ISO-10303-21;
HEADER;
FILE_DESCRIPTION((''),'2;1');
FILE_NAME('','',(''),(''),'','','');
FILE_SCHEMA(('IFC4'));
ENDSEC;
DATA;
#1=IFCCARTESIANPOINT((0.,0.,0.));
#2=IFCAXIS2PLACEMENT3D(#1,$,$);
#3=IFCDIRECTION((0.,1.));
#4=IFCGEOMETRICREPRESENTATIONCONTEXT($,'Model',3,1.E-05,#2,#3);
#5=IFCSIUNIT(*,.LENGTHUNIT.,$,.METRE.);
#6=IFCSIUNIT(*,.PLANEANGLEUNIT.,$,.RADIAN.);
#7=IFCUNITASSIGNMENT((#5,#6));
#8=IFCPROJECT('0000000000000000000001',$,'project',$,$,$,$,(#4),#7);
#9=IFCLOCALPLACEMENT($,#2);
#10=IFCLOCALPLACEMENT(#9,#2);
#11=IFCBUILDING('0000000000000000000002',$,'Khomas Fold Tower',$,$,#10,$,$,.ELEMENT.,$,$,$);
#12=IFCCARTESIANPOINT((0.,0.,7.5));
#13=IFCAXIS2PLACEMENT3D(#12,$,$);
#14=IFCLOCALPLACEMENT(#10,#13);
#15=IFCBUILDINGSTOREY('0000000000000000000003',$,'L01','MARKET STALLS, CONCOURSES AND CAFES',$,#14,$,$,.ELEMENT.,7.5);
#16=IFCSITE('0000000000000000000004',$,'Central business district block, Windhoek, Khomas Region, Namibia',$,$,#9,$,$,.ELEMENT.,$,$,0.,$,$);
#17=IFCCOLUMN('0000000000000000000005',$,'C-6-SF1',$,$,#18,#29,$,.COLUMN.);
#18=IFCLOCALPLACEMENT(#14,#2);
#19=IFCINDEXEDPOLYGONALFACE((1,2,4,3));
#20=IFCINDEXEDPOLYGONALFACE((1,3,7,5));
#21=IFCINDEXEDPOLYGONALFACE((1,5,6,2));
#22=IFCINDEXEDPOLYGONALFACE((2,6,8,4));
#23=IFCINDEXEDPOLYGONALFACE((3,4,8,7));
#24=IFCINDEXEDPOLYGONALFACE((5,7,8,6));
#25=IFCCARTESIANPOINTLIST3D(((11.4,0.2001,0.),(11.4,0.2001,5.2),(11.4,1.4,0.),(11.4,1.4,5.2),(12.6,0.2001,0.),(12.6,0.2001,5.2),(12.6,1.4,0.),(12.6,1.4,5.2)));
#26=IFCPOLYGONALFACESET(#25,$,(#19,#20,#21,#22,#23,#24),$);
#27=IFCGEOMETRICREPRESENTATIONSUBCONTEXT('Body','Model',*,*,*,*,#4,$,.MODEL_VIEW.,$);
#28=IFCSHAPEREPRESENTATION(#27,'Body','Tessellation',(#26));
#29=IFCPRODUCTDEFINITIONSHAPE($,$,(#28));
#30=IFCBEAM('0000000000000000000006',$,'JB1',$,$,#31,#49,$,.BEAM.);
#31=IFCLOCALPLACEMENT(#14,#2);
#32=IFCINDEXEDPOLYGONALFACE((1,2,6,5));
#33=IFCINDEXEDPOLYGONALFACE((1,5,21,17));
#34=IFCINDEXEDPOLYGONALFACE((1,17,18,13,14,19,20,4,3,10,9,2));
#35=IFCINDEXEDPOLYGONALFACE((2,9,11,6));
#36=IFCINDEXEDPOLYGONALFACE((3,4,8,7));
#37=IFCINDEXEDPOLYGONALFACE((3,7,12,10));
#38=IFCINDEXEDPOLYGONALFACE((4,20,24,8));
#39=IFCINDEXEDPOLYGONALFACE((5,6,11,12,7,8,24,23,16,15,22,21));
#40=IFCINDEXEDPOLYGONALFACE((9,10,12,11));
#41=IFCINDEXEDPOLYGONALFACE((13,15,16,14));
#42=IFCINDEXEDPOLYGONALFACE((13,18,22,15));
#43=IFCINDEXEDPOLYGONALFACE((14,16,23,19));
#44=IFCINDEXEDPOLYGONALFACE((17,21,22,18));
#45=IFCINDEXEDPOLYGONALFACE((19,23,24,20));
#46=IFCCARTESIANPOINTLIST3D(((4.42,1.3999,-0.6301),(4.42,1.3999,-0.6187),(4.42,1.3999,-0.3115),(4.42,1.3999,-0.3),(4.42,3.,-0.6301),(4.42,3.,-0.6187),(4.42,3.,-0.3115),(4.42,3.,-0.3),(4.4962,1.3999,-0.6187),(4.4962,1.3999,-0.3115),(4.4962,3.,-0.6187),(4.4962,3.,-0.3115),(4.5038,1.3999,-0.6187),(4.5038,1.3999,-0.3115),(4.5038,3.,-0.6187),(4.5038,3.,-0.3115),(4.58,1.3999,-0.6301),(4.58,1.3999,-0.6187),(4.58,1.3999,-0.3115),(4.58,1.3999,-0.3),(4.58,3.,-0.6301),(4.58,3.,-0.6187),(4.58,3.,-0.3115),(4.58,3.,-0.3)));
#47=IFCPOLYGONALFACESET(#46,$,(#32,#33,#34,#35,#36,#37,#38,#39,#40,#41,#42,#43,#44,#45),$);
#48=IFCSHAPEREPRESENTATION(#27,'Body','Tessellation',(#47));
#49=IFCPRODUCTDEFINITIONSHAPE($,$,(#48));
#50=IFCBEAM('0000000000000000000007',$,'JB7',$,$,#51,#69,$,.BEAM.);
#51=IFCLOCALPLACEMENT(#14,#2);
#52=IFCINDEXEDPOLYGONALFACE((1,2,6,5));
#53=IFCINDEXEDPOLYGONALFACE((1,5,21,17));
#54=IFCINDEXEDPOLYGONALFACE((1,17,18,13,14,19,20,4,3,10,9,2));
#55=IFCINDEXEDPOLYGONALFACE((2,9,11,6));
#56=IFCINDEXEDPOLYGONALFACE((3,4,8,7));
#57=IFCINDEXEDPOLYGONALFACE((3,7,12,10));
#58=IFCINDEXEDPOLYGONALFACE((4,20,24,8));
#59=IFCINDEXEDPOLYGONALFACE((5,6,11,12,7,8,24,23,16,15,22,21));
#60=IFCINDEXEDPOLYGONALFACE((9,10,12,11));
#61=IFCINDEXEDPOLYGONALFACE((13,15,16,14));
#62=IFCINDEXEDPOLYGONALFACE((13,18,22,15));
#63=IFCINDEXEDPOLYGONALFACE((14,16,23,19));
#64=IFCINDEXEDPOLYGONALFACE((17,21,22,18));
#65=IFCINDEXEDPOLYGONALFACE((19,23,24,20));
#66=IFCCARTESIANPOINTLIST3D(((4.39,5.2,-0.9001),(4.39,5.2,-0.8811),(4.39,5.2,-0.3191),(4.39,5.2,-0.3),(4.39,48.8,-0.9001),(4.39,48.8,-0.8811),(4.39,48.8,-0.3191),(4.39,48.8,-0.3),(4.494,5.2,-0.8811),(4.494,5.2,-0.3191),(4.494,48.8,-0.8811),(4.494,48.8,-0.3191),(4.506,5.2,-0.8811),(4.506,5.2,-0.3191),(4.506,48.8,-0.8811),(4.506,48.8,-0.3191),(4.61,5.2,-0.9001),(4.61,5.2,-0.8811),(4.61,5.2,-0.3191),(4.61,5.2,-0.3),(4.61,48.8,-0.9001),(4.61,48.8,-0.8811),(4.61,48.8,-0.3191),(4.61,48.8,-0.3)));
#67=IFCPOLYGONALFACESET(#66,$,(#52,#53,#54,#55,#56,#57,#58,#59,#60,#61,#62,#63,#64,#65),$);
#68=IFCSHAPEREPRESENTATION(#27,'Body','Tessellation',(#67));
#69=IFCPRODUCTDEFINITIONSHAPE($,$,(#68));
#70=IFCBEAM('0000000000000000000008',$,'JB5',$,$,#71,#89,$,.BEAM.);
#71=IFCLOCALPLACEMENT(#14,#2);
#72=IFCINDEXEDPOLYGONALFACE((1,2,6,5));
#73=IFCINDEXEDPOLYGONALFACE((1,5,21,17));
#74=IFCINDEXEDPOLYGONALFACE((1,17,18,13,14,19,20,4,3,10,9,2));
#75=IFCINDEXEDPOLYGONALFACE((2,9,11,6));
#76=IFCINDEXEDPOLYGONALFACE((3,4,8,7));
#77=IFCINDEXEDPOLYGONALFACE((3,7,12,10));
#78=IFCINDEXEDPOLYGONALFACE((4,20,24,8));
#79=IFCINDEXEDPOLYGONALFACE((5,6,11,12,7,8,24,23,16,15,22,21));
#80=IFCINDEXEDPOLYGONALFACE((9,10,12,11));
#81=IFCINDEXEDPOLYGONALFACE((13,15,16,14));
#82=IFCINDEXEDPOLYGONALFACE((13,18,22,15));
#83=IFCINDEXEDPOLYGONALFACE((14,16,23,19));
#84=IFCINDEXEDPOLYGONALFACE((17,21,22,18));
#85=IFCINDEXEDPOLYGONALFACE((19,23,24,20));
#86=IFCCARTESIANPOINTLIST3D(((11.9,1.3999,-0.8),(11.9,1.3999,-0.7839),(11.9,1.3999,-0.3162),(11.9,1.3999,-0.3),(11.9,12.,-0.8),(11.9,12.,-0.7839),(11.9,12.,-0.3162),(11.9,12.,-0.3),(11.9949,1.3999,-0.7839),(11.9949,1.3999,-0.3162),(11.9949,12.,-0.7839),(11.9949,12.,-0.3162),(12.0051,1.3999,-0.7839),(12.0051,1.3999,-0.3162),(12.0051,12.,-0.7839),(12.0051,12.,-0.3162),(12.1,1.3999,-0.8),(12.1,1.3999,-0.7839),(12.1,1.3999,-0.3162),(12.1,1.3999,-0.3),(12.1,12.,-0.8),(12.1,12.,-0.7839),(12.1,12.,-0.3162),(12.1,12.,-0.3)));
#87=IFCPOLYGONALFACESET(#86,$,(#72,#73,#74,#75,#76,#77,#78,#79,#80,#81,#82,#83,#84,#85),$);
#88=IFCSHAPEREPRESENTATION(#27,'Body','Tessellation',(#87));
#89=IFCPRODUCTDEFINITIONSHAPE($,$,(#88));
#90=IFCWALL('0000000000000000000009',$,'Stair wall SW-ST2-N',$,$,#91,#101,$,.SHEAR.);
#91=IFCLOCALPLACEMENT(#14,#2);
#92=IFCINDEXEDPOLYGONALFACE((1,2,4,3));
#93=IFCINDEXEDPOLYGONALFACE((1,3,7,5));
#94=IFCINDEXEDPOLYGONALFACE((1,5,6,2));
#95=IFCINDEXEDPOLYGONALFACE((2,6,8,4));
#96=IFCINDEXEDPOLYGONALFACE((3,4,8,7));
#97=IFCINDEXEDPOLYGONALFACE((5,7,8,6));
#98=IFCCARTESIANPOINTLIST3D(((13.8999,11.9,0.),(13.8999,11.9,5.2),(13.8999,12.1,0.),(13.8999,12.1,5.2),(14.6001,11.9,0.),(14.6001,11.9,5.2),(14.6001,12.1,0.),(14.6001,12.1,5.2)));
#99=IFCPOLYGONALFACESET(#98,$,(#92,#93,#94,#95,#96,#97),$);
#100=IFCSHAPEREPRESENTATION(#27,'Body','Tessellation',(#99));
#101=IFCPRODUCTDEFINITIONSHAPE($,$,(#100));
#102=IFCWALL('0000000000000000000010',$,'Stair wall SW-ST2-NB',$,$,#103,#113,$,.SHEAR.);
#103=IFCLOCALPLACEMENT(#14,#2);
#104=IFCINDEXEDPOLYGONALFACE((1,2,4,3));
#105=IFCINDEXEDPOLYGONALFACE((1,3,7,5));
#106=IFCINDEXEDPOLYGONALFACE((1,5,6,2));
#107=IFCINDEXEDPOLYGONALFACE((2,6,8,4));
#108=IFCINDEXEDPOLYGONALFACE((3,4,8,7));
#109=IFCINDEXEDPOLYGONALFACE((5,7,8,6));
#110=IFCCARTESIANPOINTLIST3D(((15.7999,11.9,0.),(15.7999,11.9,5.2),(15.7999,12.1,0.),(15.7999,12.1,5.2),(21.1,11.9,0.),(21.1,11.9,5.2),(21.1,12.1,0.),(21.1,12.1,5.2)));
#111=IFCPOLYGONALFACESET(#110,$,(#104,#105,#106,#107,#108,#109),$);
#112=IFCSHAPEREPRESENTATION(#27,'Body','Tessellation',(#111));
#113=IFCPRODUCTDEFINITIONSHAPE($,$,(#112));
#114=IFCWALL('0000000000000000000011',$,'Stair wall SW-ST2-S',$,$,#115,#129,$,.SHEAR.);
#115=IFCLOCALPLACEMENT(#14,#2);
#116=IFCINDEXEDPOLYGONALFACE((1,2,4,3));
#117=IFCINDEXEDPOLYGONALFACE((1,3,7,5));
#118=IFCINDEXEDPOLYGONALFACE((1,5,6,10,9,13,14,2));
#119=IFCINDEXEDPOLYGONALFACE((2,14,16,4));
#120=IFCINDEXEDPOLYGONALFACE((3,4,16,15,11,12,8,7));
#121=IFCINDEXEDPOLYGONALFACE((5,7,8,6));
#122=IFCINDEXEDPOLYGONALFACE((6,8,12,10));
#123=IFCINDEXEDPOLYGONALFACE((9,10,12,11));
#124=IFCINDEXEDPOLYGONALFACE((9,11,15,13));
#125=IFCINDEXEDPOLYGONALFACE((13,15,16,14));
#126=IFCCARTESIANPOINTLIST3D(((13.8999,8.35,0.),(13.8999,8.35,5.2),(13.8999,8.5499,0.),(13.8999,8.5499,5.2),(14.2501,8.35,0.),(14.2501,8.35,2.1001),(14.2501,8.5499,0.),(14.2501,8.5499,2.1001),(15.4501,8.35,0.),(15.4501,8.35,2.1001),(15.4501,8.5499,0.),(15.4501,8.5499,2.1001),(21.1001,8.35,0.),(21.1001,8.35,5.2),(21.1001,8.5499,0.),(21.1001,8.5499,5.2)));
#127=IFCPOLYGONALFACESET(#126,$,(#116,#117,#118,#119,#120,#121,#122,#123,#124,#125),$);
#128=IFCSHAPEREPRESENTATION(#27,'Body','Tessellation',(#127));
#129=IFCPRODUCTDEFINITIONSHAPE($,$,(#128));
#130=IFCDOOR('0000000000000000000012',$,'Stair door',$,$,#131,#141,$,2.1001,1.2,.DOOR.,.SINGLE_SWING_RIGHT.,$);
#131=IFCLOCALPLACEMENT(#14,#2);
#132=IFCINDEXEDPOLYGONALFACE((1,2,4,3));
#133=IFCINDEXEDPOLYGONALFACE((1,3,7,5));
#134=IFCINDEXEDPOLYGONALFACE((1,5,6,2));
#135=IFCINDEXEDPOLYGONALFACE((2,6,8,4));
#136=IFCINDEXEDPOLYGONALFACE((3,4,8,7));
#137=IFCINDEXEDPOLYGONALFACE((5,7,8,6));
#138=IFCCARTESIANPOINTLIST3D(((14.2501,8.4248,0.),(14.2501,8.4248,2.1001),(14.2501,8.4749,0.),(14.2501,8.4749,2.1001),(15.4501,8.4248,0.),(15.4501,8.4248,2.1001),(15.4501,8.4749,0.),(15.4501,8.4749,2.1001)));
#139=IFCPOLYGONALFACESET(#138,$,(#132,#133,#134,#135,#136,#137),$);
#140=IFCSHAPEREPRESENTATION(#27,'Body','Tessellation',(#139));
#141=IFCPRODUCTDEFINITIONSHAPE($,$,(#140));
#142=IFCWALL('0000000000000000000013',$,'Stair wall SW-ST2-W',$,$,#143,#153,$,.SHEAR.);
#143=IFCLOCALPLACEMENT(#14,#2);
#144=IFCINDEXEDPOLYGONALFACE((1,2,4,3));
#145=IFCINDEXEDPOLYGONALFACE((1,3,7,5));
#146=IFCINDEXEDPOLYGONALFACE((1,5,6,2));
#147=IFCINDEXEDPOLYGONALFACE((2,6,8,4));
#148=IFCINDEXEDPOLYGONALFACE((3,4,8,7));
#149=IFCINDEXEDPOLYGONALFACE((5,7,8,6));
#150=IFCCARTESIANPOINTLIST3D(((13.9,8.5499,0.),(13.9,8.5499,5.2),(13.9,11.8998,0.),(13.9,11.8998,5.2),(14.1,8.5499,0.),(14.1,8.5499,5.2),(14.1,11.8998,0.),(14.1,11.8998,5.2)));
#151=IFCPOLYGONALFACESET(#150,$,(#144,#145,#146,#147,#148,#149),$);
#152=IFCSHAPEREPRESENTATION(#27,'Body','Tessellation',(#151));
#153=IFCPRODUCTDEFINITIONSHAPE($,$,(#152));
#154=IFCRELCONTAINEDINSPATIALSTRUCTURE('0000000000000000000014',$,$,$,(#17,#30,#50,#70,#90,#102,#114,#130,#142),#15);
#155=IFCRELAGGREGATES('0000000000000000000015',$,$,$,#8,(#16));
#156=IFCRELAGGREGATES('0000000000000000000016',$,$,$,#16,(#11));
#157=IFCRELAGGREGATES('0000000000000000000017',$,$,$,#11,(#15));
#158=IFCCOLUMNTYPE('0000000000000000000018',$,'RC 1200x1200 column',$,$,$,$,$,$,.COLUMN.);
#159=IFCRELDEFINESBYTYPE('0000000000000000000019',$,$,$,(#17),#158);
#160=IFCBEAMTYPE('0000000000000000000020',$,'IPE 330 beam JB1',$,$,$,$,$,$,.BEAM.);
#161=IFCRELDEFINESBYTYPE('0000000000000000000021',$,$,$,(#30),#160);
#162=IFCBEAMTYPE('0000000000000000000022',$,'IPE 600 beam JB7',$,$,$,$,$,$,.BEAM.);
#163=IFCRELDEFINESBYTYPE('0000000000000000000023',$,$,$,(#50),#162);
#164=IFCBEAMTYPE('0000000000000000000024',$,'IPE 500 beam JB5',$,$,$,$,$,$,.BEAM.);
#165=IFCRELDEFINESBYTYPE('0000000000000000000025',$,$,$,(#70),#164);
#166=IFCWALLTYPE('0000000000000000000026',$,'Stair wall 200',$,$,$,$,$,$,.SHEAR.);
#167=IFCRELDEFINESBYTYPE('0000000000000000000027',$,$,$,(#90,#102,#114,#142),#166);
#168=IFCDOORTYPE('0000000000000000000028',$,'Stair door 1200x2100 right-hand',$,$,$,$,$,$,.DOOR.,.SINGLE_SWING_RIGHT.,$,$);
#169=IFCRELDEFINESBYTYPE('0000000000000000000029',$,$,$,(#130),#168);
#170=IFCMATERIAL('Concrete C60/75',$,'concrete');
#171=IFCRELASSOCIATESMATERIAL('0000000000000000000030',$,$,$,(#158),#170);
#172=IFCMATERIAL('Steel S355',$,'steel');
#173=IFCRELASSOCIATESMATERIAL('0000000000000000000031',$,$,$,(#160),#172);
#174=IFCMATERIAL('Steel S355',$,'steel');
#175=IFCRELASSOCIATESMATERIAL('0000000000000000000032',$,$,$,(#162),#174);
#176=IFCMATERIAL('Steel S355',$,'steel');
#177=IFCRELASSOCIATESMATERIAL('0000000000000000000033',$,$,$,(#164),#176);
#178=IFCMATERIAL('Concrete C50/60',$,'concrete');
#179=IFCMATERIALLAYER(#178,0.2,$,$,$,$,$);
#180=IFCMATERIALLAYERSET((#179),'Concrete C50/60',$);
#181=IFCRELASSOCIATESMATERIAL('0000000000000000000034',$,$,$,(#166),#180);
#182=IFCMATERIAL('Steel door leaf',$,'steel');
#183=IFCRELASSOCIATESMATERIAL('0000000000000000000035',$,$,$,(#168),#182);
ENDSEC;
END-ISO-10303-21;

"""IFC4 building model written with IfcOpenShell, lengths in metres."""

from ifc_helpers import new_model, si_unit, direction, frame, frame_2d, origin, origin_2d, place, context, subcontext, project, spatial, rectangle, i_section, extrude, source, transform, mapped, material, layer, layer_set, material_profile, profile_set, type_object, element, fill, save


model = new_model("IFC4")

# Units and contexts
model_context = context("Model", 3, precision=1e-05, world=origin(), true_north=direction((0.0, 1.0)))
body_context = subcontext(model_context, "Body", "Model", "MODEL_VIEW")
ifc_project = project(units=[si_unit("LENGTHUNIT", "METRE"), si_unit("PLANEANGLEUNIT", "RADIAN")], contexts=[model_context])

# Site, building, storey
site_placement = place(None, origin())
site = spatial("IfcSite", under=ifc_project, at=site_placement, Name="Central business district block, Windhoek, Khomas Region, Namibia", CompositionType="ELEMENT", RefElevation=0.0)
building_placement = place(site_placement, origin())
building = spatial("IfcBuilding", under=site, at=building_placement, Name="Khomas Fold Tower", CompositionType="ELEMENT")
storey_placement = place(building_placement, frame((0.0, 0.0, 7.5)))
storey = spatial("IfcBuildingStorey", under=building, at=storey_placement, Name="L01", Description="MARKET STALLS, CONCOURSES AND CAFES", CompositionType="ELEMENT", Elevation=7.5)

# Column
ifc_material_1 = material(Name="Concrete C60/75", Category="concrete")
ifc_material_profile_1 = material_profile(ifc_material_1, rectangle(XDim=1.2, YDim=1.2, at=origin_2d()), Name="RC 1200x1200")
ifc_profile_set_1 = profile_set([ifc_material_profile_1], Name="Concrete C60/75")
column_type = type_object("IfcColumnType", Name="RC 1200x1200 column", PredefinedType="COLUMN", material=ifc_profile_set_1)
shared_shape_1 = source(origin(), body_context, "Body", "SweptSolid", [
    extrude(rectangle(XDim=1.2, YDim=1.2, at=origin_2d()), origin(), (0.0, 0.0, 1.0), 5.2),
])
column_placement = place(storey_placement, frame((12.0, 0.8, 0.0), z_axis=(0.0, 0.0, 1.0), x_axis=(1.0, 0.0, 0.0)))
element("IfcColumn", 1, at=column_placement, inside=storey, type_object=column_type, Name="C-6-SF1", PredefinedType="COLUMN", context=body_context, shape_type="MappedRepresentation", body=[
    mapped(shared_shape_1, transform((0.0, 0.0, 0.0))),
])

# Beams
ifc_material_2 = material(Name="Steel S355", Category="steel")
ifc_material_profile_2 = material_profile(ifc_material_2, i_section(OverallWidth=0.1599, OverallDepth=0.3301, WebThickness=0.0076, FlangeThickness=0.0115, at=origin_2d()), Name="IPE 330")
ifc_profile_set_2 = profile_set([ifc_material_profile_2], Name="Steel S355")
beam_type_1 = type_object("IfcBeamType", Name="IPE 330 beam JB1", PredefinedType="BEAM", material=ifc_profile_set_2)
shared_shape_2 = source(origin(), body_context, "Body", "SweptSolid", [
    extrude(i_section(OverallWidth=0.1599, OverallDepth=0.3301, WebThickness=0.0076, FlangeThickness=0.0115, at=origin_2d()), origin(), (0.0, 0.0, 1.0), 1.6001),
])
beam_1_placement = place(storey_placement, frame((4.5, 1.3999, -0.4651), z_axis=(0.0, 1.0, 0.0), x_axis=(-1.0, 0.0, 0.0)))
element("IfcBeam", 2, at=beam_1_placement, inside=storey, type_object=beam_type_1, Name="JB1", PredefinedType="BEAM", context=body_context, shape_type="MappedRepresentation", body=[
    mapped(shared_shape_2, transform((0.0, 0.0, 0.0))),
])
ifc_material_3 = material(Name="Steel S355", Category="steel")
ifc_material_profile_3 = material_profile(ifc_material_3, i_section(OverallWidth=0.22, OverallDepth=0.6001, WebThickness=0.012, FlangeThickness=0.019, at=origin_2d()), Name="IPE 600")
ifc_profile_set_3 = profile_set([ifc_material_profile_3], Name="Steel S355")
beam_type_2 = type_object("IfcBeamType", Name="IPE 600 beam JB7", PredefinedType="BEAM", material=ifc_profile_set_3)
shared_shape_3 = source(origin(), body_context, "Body", "SweptSolid", [
    extrude(i_section(OverallWidth=0.22, OverallDepth=0.6001, WebThickness=0.012, FlangeThickness=0.019, at=origin_2d()), origin(), (0.0, 0.0, 1.0), 43.6001),
])
beam_2_placement = place(storey_placement, frame((4.5, 5.2, -0.6001), z_axis=(0.0, 1.0, 0.0), x_axis=(-1.0, 0.0, 0.0)))
element("IfcBeam", 3, at=beam_2_placement, inside=storey, type_object=beam_type_2, Name="JB7", PredefinedType="BEAM", context=body_context, shape_type="MappedRepresentation", body=[
    mapped(shared_shape_3, transform((0.0, 0.0, 0.0))),
])
ifc_material_4 = material(Name="Steel S355", Category="steel")
ifc_material_profile_4 = material_profile(ifc_material_4, i_section(OverallWidth=0.2, OverallDepth=0.5, WebThickness=0.0103, FlangeThickness=0.0161, at=origin_2d()), Name="IPE 500")
ifc_profile_set_4 = profile_set([ifc_material_profile_4], Name="Steel S355")
beam_type_3 = type_object("IfcBeamType", Name="IPE 500 beam JB5", PredefinedType="BEAM", material=ifc_profile_set_4)
shared_shape_4 = source(origin(), body_context, "Body", "SweptSolid", [
    extrude(i_section(OverallWidth=0.2, OverallDepth=0.5, WebThickness=0.0103, FlangeThickness=0.0161, at=origin_2d()), origin(), (0.0, 0.0, 1.0), 10.6001),
])
beam_3_placement = place(storey_placement, frame((12.0, 1.3999, -0.55), z_axis=(0.0, 1.0, 0.0), x_axis=(-1.0, 0.0, 0.0)))
element("IfcBeam", 4, at=beam_3_placement, inside=storey, type_object=beam_type_3, Name="JB5", PredefinedType="BEAM", context=body_context, shape_type="MappedRepresentation", body=[
    mapped(shared_shape_4, transform((0.0, 0.0, 0.0))),
])

# Walls
ifc_material_5 = material(Name="Concrete C50/60", Category="concrete")
ifc_layer_1 = layer(ifc_material_5, 0.2)
ifc_layer_set_1 = layer_set([ifc_layer_1], Name="Concrete C50/60")
wall_type = type_object("IfcWallType", Name="Stair wall 200", PredefinedType="SHEAR", material=ifc_layer_set_1)
shared_shape_5 = source(origin(), body_context, "Body", "SweptSolid", [
    extrude(rectangle(XDim=0.7002, YDim=0.2, at=frame_2d((0.3501, 0.0))), origin(), (0.0, 0.0, 1.0), 5.2),
])
wall_1_placement = place(storey_placement, frame((13.8999, 12.0, 0.0), z_axis=(0.0, 0.0, 1.0), x_axis=(1.0, 0.0, 0.0)))
element("IfcWall", 5, at=wall_1_placement, inside=storey, type_object=wall_type, Name="Stair wall SW-ST2-N", PredefinedType="SHEAR", context=body_context, shape_type="MappedRepresentation", body=[
    mapped(shared_shape_5, transform((0.0, 0.0, 0.0))),
])
shared_shape_6 = source(origin(), body_context, "Body", "SweptSolid", [
    extrude(rectangle(XDim=5.3, YDim=0.2, at=frame_2d((2.6499, 0.0))), origin(), (0.0, 0.0, 1.0), 5.2),
])
wall_2_placement = place(storey_placement, frame((15.8, 12.0, 0.0), z_axis=(0.0, 0.0, 1.0), x_axis=(1.0, 0.0, 0.0)))
element("IfcWall", 6, at=wall_2_placement, inside=storey, type_object=wall_type, Name="Stair wall SW-ST2-NB", PredefinedType="SHEAR", context=body_context, shape_type="MappedRepresentation", body=[
    mapped(shared_shape_6, transform((0.0, 0.0, 0.0))),
])

# Wall, opening, door
shared_shape_7 = source(origin(), body_context, "Body", "SweptSolid", [
    extrude(rectangle(XDim=7.2002, YDim=0.2, at=frame_2d((3.6001, 0.0))), origin(), (0.0, 0.0, 1.0), 5.2),
])
wall_3_placement = place(storey_placement, frame((13.8999, 8.45, 0.0), z_axis=(0.0, 0.0, 1.0), x_axis=(1.0, 0.0, 0.0)))
wall_3 = element("IfcWall", 7, at=wall_3_placement, inside=storey, type_object=wall_type, Name="Stair wall SW-ST2-S", PredefinedType="SHEAR", context=body_context, shape_type="MappedRepresentation", body=[
    mapped(shared_shape_7, transform((0.0, 0.0, 0.0))),
])
shared_shape_8 = source(origin(), body_context, "Body", "SweptSolid", [
    extrude(rectangle(XDim=1.2, YDim=2.1001, at=frame_2d((0.6001, 1.05))), frame((0.0, 0.1099, 0.0), z_axis=(0.0, -1.0, 0.0), x_axis=(1.0, 0.0, 0.0)), (0.0, 0.0, 1.0), 0.22),
])
opening_placement = place(wall_3_placement, frame((0.3501, 0.0, 0.0)))
opening = element("IfcOpeningElement", 8, at=opening_placement, cuts=wall_3, PredefinedType="OPENING", context=body_context, shape_type="MappedRepresentation", body=[
    mapped(shared_shape_8, transform((0.0, 0.0, 0.0))),
])
ifc_material_6 = material(Name="Steel door leaf", Category="steel")
door_type = type_object("IfcDoorType", Name="Stair door 1200x2100 right-hand", OperationType="SINGLE_SWING_RIGHT", PredefinedType="DOOR", material=ifc_material_6)
shared_shape_9 = source(origin(), body_context, "Body", "SweptSolid", [
    extrude(rectangle(XDim=1.2, YDim=2.1001, at=frame_2d((0.6001, 1.05))), frame((0.0, 0.0249, 0.0), z_axis=(0.0, -1.0, 0.0), x_axis=(1.0, 0.0, 0.0)), (0.0, 0.0, 1.0), 0.05),
])
door_placement = place(opening_placement, origin())
door = element("IfcDoor", 9, at=door_placement, inside=storey, type_object=door_type, Name="Stair door", OperationType="SINGLE_SWING_RIGHT", OverallHeight=2.1001, OverallWidth=1.2, PredefinedType="DOOR", context=body_context, shape_type="MappedRepresentation", body=[
    mapped(shared_shape_9, transform((0.0, 0.0, 0.0))),
])
fill(opening, door)

# Wall
shared_shape_10 = source(origin(), body_context, "Body", "SweptSolid", [
    extrude(rectangle(XDim=3.3499, YDim=0.2, at=frame_2d((1.6748, 0.0))), origin(), (0.0, 0.0, 1.0), 5.2),
])
wall_4_placement = place(storey_placement, frame((14.0, 8.55, 0.0), z_axis=(0.0, 0.0, 1.0), x_axis=(0.0, 1.0, 0.0)))
element("IfcWall", 10, at=wall_4_placement, inside=storey, type_object=wall_type, Name="Stair wall SW-ST2-W", PredefinedType="SHEAR", context=body_context, shape_type="MappedRepresentation", body=[
    mapped(shared_shape_10, transform((0.0, 0.0, 0.0))),
])

save(model, "model.ifc")
